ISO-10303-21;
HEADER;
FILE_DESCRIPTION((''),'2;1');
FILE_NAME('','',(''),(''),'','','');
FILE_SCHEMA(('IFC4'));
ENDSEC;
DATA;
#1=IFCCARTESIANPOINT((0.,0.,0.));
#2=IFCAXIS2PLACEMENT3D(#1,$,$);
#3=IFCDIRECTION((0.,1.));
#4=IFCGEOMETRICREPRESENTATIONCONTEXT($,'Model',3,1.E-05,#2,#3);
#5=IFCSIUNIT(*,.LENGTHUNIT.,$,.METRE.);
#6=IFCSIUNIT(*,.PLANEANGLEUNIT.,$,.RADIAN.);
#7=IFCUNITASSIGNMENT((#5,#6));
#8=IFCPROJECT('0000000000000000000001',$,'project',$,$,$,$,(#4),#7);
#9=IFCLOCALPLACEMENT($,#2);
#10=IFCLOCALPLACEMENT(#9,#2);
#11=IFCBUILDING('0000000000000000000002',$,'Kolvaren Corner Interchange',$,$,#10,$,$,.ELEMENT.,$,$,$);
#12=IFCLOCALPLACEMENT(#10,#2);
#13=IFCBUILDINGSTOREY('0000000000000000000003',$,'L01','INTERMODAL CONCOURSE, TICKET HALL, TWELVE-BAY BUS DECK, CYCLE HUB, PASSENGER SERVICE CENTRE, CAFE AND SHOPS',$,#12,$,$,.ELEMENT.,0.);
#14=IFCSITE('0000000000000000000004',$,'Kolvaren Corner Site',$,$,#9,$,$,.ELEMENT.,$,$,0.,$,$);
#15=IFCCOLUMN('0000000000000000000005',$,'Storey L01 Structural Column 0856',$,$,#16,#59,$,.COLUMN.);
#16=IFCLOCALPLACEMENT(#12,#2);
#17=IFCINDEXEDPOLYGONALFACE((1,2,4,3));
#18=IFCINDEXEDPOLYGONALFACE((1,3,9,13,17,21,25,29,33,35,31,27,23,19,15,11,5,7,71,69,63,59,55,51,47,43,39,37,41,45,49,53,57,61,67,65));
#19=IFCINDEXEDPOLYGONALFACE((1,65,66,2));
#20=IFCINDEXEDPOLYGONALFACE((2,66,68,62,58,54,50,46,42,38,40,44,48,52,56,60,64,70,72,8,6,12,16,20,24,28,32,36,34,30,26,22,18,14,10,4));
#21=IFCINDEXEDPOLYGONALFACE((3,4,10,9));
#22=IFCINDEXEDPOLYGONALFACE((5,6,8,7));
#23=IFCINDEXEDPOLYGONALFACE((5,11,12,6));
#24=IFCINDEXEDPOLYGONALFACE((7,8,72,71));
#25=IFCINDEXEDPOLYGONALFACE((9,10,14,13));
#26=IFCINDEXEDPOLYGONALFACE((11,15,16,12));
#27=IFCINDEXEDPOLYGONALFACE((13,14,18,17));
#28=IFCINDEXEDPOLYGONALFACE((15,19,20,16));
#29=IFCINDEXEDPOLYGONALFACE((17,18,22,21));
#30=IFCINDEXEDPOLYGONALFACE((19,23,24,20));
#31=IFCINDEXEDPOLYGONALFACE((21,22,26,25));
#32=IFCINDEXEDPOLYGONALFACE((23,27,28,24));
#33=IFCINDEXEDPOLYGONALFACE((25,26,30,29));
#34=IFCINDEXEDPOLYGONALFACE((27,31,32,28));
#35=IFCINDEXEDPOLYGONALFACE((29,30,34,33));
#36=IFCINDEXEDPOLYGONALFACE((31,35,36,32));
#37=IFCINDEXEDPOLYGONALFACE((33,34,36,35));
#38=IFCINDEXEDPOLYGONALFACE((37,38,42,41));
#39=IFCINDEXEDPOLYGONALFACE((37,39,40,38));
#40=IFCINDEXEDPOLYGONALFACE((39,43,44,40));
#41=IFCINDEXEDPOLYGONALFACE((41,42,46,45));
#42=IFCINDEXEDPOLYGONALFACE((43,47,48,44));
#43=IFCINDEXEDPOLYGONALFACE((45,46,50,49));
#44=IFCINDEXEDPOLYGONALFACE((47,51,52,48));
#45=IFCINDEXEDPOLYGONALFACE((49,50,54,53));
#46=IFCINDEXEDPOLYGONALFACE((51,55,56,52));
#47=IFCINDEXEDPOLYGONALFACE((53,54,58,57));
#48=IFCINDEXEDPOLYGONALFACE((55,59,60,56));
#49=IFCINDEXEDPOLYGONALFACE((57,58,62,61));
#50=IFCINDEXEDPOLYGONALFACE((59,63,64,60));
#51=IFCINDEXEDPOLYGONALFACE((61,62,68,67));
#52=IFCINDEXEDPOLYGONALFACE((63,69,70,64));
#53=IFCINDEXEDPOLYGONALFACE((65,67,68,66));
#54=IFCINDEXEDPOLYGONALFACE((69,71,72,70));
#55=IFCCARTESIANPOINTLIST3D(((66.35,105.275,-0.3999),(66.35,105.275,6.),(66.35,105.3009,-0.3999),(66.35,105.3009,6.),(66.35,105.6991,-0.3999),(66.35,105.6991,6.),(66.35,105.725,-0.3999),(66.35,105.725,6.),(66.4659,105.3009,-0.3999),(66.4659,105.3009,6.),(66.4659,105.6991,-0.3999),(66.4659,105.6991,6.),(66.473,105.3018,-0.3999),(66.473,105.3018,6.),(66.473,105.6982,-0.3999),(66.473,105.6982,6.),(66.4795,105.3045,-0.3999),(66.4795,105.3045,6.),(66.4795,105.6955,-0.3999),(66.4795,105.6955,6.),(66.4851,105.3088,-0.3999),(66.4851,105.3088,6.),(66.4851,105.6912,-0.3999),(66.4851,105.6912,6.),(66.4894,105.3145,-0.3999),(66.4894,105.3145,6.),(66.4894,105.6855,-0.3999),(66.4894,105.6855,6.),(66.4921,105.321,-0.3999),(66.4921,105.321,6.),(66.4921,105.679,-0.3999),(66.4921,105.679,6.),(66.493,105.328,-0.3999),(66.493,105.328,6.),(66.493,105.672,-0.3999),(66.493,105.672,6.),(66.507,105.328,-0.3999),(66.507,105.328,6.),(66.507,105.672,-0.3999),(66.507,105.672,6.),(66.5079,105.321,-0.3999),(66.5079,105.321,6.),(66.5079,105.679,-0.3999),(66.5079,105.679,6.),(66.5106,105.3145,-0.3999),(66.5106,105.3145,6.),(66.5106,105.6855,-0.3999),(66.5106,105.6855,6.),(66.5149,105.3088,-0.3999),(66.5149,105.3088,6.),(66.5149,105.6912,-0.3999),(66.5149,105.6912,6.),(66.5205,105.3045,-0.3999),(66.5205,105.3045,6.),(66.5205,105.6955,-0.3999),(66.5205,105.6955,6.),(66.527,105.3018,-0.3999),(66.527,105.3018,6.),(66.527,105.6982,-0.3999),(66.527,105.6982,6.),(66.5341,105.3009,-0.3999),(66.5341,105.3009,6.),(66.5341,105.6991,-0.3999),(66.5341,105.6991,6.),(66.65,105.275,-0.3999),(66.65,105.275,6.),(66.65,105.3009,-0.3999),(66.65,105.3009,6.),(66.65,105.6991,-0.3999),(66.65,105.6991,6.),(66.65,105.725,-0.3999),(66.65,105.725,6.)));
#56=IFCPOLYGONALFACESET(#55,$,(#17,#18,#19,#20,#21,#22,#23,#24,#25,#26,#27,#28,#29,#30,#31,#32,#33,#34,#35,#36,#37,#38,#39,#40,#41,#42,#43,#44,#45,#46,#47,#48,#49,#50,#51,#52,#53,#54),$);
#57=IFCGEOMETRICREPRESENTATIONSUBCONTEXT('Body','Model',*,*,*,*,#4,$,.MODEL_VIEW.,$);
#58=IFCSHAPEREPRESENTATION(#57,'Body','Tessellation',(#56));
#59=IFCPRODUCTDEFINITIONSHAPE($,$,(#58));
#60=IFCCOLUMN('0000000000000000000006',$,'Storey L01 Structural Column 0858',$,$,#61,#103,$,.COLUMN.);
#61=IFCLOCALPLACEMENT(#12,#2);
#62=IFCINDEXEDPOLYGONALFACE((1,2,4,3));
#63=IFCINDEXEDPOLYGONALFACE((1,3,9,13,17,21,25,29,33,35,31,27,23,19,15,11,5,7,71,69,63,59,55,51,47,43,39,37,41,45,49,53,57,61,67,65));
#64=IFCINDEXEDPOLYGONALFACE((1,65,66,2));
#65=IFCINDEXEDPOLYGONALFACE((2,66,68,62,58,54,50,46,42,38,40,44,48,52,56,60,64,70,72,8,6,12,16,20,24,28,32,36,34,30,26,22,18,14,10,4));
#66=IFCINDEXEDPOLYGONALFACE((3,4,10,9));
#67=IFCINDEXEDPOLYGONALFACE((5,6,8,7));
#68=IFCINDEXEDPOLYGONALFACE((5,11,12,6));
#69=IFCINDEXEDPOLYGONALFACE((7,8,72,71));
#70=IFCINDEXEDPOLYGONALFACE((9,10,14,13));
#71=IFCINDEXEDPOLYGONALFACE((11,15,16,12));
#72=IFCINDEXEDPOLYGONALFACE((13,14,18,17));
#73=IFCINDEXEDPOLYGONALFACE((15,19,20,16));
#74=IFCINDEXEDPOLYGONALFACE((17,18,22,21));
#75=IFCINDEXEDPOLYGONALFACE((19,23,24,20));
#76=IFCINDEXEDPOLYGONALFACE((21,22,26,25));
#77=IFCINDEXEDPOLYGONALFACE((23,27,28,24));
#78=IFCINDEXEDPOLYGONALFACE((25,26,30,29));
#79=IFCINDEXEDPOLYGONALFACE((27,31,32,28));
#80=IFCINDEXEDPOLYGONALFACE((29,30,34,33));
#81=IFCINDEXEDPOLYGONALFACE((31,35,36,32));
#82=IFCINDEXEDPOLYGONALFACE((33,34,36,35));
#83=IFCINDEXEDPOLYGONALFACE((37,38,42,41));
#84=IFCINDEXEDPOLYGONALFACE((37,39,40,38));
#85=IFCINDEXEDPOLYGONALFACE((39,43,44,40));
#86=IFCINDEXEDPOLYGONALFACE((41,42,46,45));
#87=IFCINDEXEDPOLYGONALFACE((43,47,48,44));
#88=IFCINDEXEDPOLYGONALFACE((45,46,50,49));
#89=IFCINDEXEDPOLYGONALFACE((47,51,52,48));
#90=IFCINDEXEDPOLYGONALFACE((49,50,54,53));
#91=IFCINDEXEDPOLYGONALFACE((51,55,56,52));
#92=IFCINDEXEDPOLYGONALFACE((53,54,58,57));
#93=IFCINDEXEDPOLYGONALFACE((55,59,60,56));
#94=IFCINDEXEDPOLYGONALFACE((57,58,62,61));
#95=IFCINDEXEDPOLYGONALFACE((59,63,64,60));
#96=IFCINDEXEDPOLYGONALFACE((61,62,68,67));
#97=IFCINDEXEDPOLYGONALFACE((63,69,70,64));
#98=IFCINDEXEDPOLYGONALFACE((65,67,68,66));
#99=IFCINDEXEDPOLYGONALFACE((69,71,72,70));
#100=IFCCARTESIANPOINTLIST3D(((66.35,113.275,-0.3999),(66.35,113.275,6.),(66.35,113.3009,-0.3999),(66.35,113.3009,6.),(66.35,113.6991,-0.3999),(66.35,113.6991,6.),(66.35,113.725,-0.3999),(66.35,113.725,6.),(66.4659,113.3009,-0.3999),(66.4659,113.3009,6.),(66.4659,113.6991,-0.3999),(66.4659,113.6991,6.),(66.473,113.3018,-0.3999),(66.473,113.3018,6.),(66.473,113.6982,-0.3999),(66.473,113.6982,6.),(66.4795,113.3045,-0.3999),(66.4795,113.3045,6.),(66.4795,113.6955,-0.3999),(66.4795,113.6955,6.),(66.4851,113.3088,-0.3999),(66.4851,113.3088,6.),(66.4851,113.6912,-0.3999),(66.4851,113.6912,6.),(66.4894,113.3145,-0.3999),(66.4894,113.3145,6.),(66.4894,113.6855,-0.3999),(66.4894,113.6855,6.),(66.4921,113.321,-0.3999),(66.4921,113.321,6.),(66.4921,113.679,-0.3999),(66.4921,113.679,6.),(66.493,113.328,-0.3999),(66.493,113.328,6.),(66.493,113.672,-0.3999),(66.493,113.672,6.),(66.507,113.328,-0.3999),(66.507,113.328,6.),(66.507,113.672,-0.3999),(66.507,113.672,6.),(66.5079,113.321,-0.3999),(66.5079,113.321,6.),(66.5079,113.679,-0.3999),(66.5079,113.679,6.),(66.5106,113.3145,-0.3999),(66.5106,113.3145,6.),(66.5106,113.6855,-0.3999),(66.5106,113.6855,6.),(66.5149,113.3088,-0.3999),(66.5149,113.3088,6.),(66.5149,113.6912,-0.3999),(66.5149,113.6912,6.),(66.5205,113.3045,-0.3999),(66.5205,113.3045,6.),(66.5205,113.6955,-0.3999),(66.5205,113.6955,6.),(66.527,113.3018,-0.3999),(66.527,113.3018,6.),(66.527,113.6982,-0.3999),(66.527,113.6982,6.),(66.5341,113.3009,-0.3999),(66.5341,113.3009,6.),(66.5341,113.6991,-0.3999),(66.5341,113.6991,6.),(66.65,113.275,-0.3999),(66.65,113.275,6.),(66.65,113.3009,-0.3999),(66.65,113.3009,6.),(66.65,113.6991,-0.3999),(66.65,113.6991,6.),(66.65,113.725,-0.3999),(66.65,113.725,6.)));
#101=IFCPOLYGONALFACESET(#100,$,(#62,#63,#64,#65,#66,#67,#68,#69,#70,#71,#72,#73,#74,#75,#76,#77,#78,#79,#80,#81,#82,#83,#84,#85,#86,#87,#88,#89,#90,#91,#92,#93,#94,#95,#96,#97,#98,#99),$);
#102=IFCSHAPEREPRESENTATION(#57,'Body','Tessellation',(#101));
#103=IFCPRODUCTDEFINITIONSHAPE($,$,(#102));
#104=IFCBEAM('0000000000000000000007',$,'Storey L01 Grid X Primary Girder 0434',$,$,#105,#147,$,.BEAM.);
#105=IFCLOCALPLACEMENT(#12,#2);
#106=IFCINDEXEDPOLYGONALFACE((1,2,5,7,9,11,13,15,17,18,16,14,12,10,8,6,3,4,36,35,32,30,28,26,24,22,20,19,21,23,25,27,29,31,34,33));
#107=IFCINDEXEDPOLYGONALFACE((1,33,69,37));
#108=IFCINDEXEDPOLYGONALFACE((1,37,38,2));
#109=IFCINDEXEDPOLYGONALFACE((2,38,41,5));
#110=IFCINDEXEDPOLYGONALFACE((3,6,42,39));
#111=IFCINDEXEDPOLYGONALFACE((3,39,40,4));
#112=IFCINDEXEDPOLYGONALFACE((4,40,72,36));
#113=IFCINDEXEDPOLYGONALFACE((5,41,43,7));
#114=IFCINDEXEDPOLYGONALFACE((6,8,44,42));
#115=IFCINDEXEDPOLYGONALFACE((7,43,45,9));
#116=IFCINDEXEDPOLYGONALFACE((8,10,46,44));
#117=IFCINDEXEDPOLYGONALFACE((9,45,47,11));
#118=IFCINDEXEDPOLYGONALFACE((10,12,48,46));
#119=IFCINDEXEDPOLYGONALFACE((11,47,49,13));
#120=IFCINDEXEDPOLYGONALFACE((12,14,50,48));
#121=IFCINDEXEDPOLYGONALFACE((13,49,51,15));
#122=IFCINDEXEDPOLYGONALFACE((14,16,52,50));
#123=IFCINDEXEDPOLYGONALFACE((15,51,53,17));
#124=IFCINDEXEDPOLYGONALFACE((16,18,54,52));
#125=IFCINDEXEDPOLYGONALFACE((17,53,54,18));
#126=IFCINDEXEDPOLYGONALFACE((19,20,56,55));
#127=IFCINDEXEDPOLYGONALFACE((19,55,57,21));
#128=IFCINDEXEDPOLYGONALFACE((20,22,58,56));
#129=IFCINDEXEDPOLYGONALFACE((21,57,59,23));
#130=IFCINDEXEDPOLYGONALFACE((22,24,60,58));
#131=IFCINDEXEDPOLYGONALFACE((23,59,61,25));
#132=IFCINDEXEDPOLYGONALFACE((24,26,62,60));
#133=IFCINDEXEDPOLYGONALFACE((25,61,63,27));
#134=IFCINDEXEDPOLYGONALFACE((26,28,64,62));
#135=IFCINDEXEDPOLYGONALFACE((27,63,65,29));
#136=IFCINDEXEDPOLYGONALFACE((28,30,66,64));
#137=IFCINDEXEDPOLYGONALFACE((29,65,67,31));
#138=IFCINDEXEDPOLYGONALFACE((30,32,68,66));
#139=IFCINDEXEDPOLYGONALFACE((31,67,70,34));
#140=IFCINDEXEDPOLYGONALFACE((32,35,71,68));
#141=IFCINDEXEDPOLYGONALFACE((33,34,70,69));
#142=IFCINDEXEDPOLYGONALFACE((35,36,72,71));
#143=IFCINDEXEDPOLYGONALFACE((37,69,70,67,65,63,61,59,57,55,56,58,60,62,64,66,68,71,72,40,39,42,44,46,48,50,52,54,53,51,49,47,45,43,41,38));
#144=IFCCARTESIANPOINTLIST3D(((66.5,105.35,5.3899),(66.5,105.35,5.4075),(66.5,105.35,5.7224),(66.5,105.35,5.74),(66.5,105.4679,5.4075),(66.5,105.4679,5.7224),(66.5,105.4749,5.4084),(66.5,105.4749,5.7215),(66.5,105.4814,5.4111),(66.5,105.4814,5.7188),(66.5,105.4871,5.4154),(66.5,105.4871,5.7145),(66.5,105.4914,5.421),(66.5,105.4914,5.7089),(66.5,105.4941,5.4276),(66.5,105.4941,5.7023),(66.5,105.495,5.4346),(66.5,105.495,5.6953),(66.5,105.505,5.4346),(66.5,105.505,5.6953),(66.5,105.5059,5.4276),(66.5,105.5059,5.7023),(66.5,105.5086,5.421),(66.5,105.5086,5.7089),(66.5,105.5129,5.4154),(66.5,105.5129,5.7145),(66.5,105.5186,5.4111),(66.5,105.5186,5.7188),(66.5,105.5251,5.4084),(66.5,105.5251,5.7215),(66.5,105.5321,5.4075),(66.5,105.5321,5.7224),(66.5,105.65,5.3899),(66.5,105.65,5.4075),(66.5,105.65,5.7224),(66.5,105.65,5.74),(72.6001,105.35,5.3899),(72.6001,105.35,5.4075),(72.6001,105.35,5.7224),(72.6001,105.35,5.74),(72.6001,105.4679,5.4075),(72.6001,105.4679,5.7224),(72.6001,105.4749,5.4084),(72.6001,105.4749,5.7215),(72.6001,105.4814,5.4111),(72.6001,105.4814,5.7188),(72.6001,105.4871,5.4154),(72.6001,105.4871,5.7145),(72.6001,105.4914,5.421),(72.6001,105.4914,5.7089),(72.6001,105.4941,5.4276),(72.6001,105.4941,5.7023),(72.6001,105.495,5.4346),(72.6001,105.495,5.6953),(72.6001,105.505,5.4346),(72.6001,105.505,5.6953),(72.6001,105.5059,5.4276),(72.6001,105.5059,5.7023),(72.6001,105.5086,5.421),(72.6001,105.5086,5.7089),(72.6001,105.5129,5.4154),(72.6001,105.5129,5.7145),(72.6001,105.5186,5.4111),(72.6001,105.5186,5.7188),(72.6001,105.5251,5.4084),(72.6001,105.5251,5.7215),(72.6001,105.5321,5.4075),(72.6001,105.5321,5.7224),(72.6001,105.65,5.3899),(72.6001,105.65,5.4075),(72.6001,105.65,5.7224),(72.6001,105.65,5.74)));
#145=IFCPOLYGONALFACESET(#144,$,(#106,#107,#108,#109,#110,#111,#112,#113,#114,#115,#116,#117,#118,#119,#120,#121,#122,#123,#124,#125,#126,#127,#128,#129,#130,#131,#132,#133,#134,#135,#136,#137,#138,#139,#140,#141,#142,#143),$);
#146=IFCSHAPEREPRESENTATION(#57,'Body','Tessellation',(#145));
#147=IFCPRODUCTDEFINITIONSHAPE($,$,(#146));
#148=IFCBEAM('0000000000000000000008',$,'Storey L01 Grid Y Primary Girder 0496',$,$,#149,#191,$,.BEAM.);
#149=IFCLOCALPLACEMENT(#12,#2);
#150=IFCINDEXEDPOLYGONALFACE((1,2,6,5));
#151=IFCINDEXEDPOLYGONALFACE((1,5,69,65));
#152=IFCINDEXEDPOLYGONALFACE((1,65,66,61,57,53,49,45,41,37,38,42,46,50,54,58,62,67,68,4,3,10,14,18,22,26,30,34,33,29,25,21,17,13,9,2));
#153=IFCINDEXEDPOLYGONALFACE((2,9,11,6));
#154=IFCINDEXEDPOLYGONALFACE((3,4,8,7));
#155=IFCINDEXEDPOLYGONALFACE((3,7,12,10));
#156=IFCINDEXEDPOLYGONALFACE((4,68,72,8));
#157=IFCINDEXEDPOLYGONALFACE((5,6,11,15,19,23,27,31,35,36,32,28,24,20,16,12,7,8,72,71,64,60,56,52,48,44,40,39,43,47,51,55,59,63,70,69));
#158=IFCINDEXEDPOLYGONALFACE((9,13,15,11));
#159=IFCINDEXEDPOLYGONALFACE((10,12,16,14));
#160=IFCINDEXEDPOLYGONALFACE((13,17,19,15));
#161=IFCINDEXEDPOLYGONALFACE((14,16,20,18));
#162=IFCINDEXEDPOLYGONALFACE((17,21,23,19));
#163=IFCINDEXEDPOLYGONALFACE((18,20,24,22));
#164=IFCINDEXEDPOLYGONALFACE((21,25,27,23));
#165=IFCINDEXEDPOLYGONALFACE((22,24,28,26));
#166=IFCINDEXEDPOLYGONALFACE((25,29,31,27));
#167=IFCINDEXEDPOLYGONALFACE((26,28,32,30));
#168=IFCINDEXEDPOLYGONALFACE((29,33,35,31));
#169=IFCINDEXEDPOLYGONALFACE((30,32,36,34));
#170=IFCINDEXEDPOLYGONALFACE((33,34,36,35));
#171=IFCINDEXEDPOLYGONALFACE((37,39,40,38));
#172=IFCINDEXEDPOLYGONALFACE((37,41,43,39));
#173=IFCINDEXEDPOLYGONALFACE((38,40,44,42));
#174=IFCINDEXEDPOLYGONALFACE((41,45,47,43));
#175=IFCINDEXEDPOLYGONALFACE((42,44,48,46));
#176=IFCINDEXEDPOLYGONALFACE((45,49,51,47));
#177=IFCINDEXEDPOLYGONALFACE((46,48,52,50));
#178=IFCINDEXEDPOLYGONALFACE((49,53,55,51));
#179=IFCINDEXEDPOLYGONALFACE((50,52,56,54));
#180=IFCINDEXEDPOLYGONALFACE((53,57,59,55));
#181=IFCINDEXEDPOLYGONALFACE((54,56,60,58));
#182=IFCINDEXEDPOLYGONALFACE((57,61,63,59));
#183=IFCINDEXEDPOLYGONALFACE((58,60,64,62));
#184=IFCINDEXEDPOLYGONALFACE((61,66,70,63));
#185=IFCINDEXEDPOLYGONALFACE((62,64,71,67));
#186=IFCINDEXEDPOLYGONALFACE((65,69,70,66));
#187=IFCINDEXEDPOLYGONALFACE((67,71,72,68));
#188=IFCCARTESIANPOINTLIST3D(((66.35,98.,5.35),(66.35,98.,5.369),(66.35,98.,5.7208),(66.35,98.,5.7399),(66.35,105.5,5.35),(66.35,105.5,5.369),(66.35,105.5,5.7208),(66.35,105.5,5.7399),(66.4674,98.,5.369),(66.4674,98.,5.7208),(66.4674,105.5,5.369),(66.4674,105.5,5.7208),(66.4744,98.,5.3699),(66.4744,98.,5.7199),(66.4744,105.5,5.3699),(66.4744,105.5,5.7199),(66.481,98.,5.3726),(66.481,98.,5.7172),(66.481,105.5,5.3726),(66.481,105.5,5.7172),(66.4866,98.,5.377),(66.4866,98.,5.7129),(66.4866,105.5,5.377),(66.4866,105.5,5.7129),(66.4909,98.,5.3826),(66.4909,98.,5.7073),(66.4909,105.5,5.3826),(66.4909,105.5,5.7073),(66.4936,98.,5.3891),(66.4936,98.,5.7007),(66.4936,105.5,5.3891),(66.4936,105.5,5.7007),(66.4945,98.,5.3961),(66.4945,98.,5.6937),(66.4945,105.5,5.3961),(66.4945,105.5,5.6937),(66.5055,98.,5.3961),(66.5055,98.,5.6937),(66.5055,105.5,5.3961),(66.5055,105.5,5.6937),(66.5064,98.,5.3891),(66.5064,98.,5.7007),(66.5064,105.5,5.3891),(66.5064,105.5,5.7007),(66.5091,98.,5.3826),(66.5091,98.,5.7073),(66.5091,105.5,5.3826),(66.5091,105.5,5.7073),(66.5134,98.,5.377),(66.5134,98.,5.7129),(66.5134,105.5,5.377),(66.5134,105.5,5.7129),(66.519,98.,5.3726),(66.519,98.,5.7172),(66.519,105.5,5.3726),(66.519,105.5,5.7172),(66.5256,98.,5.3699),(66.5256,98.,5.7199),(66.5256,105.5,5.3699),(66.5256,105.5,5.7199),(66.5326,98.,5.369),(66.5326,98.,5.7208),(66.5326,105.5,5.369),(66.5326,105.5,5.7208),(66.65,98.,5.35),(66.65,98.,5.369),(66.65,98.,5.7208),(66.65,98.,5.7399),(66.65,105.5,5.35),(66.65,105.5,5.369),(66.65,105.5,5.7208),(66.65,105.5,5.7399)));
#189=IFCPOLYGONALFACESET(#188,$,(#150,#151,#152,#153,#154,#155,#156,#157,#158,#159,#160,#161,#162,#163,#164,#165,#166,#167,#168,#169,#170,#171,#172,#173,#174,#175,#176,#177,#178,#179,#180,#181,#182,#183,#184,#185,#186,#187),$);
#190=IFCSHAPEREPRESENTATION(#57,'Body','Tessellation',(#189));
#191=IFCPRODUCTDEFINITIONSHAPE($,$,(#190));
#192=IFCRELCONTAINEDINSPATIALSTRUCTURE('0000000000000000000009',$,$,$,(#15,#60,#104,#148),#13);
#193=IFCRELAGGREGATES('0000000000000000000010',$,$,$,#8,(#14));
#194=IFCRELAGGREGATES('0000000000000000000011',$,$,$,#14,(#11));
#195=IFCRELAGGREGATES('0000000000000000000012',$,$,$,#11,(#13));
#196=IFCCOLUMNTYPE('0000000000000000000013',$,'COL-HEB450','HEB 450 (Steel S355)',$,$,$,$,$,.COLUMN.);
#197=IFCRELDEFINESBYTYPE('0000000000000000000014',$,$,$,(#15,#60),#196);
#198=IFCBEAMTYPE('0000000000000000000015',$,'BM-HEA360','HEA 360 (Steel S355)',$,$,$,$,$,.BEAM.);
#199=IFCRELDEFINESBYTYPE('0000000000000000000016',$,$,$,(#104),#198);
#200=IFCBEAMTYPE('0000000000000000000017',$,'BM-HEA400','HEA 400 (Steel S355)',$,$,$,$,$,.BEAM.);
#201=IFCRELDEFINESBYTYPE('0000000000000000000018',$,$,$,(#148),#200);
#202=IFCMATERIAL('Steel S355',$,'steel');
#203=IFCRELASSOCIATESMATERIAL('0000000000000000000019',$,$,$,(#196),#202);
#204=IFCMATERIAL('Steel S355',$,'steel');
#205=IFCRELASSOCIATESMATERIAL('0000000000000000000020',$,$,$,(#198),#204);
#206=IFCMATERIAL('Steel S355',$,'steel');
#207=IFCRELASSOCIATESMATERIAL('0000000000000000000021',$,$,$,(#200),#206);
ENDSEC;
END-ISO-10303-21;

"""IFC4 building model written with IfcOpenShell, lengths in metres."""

from ifc_helpers import new_model, si_unit, direction, frame, origin, origin_2d, place, context, subcontext, project, spatial, i_section, extrude, material, material_profile, profile_set, type_object, element, save


model = new_model("IFC4")

# Units and contexts
model_context = context("Model", 3, precision=1e-05, world=origin(), true_north=direction((0.0, 1.0)))
body_context = subcontext(model_context, "Body", "Model", "MODEL_VIEW")
ifc_project = project(units=[si_unit("LENGTHUNIT", "METRE"), si_unit("PLANEANGLEUNIT", "RADIAN")], contexts=[model_context])

# Site, building, storey
site_placement = place(None, origin())
site = spatial("IfcSite", under=ifc_project, at=site_placement, Name="Kolvaren Corner Site", CompositionType="ELEMENT", RefElevation=0.0)
building_placement = place(site_placement, origin())
building = spatial("IfcBuilding", under=site, at=building_placement, Name="Kolvaren Corner Interchange", CompositionType="ELEMENT")
storey_placement = place(building_placement, origin())
storey = spatial("IfcBuildingStorey", under=building, at=storey_placement, Name="L01", Description="INTERMODAL CONCOURSE, TICKET HALL, TWELVE-BAY BUS DECK, CYCLE HUB, PASSENGER SERVICE CENTRE, CAFE AND SHOPS", CompositionType="ELEMENT", Elevation=0.0)

# Columns
ifc_material_1 = material(Name="Steel S355", Category="steel")
ifc_material_profile_1 = material_profile(ifc_material_1, i_section(OverallWidth=0.3, OverallDepth=0.45, WebThickness=0.0139, FlangeThickness=0.0259, FilletRadius=0.0271, at=origin_2d()), Name="HEB 450")
ifc_profile_set_1 = profile_set([ifc_material_profile_1], Name="Steel S355")
column_type = type_object("IfcColumnType", Name="COL-HEB450", Description="HEB 450 (Steel S355)", PredefinedType="COLUMN", material=ifc_profile_set_1)
for number, where, z_axis, x_axis, name in (
    (1, (66.5, 105.5, -0.3999), (0.0, 0.0, 1.0), (1.0, 0.0, 0.0), "Storey L01 Structural Column 0856"),
    (2, (66.5, 113.5, -0.3999), (0.0, 0.0, 1.0), (1.0, 0.0, 0.0), "Storey L01 Structural Column 0858"),
):
    element("IfcColumn", number, at=place(storey_placement, frame(where, z_axis=z_axis, x_axis=x_axis)), inside=storey, type_object=column_type, Name=name, PredefinedType="COLUMN", context=body_context, shape_type="SweptSolid", body=[
        extrude(i_section(OverallWidth=0.3, OverallDepth=0.45, WebThickness=0.0139, FlangeThickness=0.0259, FilletRadius=0.0271, at=origin_2d()), origin(), (0.0, 0.0, 1.0), 6.3999),
    ])

# Beams
ifc_material_2 = material(Name="Steel S355", Category="steel")
ifc_material_profile_2 = material_profile(ifc_material_2, i_section(OverallWidth=0.3, OverallDepth=0.3501, WebThickness=0.01, FlangeThickness=0.0176, FilletRadius=0.0271, at=origin_2d()), Name="HEA 360")
ifc_profile_set_2 = profile_set([ifc_material_profile_2], Name="Steel S355")
beam_type_1 = type_object("IfcBeamType", Name="BM-HEA360", Description="HEA 360 (Steel S355)", PredefinedType="BEAM", material=ifc_profile_set_2)
beam_1_placement = place(storey_placement, frame((66.5, 105.5, 5.5649), z_axis=(1.0, 0.0, 0.0), x_axis=(0.0, 1.0, 0.0)))
element("IfcBeam", 3, at=beam_1_placement, inside=storey, type_object=beam_type_1, Name="Storey L01 Grid X Primary Girder 0434", PredefinedType="BEAM", context=body_context, shape_type="SweptSolid", body=[
    extrude(i_section(OverallWidth=0.3, OverallDepth=0.3501, WebThickness=0.01, FlangeThickness=0.0176, FilletRadius=0.0271, at=origin_2d()), origin(), (0.0, 0.0, 1.0), 6.1001),
])
ifc_material_3 = material(Name="Steel S355", Category="steel")
ifc_material_profile_3 = material_profile(ifc_material_3, i_section(OverallWidth=0.3, OverallDepth=0.3899, WebThickness=0.011, FlangeThickness=0.019, FilletRadius=0.0271, at=origin_2d()), Name="HEA 400")
ifc_profile_set_3 = profile_set([ifc_material_profile_3], Name="Steel S355")
beam_type_2 = type_object("IfcBeamType", Name="BM-HEA400", Description="HEA 400 (Steel S355)", PredefinedType="BEAM", material=ifc_profile_set_3)
beam_2_placement = place(storey_placement, frame((66.5, 98.0, 5.5449), z_axis=(0.0, 1.0, 0.0), x_axis=(-1.0, 0.0, 0.0)))
element("IfcBeam", 4, at=beam_2_placement, inside=storey, type_object=beam_type_2, Name="Storey L01 Grid Y Primary Girder 0496", PredefinedType="BEAM", context=body_context, shape_type="SweptSolid", body=[
    extrude(i_section(OverallWidth=0.3, OverallDepth=0.3899, WebThickness=0.011, FlangeThickness=0.019, FilletRadius=0.0271, at=origin_2d()), origin(), (0.0, 0.0, 1.0), 7.5),
])

save(model, "model.ifc")
